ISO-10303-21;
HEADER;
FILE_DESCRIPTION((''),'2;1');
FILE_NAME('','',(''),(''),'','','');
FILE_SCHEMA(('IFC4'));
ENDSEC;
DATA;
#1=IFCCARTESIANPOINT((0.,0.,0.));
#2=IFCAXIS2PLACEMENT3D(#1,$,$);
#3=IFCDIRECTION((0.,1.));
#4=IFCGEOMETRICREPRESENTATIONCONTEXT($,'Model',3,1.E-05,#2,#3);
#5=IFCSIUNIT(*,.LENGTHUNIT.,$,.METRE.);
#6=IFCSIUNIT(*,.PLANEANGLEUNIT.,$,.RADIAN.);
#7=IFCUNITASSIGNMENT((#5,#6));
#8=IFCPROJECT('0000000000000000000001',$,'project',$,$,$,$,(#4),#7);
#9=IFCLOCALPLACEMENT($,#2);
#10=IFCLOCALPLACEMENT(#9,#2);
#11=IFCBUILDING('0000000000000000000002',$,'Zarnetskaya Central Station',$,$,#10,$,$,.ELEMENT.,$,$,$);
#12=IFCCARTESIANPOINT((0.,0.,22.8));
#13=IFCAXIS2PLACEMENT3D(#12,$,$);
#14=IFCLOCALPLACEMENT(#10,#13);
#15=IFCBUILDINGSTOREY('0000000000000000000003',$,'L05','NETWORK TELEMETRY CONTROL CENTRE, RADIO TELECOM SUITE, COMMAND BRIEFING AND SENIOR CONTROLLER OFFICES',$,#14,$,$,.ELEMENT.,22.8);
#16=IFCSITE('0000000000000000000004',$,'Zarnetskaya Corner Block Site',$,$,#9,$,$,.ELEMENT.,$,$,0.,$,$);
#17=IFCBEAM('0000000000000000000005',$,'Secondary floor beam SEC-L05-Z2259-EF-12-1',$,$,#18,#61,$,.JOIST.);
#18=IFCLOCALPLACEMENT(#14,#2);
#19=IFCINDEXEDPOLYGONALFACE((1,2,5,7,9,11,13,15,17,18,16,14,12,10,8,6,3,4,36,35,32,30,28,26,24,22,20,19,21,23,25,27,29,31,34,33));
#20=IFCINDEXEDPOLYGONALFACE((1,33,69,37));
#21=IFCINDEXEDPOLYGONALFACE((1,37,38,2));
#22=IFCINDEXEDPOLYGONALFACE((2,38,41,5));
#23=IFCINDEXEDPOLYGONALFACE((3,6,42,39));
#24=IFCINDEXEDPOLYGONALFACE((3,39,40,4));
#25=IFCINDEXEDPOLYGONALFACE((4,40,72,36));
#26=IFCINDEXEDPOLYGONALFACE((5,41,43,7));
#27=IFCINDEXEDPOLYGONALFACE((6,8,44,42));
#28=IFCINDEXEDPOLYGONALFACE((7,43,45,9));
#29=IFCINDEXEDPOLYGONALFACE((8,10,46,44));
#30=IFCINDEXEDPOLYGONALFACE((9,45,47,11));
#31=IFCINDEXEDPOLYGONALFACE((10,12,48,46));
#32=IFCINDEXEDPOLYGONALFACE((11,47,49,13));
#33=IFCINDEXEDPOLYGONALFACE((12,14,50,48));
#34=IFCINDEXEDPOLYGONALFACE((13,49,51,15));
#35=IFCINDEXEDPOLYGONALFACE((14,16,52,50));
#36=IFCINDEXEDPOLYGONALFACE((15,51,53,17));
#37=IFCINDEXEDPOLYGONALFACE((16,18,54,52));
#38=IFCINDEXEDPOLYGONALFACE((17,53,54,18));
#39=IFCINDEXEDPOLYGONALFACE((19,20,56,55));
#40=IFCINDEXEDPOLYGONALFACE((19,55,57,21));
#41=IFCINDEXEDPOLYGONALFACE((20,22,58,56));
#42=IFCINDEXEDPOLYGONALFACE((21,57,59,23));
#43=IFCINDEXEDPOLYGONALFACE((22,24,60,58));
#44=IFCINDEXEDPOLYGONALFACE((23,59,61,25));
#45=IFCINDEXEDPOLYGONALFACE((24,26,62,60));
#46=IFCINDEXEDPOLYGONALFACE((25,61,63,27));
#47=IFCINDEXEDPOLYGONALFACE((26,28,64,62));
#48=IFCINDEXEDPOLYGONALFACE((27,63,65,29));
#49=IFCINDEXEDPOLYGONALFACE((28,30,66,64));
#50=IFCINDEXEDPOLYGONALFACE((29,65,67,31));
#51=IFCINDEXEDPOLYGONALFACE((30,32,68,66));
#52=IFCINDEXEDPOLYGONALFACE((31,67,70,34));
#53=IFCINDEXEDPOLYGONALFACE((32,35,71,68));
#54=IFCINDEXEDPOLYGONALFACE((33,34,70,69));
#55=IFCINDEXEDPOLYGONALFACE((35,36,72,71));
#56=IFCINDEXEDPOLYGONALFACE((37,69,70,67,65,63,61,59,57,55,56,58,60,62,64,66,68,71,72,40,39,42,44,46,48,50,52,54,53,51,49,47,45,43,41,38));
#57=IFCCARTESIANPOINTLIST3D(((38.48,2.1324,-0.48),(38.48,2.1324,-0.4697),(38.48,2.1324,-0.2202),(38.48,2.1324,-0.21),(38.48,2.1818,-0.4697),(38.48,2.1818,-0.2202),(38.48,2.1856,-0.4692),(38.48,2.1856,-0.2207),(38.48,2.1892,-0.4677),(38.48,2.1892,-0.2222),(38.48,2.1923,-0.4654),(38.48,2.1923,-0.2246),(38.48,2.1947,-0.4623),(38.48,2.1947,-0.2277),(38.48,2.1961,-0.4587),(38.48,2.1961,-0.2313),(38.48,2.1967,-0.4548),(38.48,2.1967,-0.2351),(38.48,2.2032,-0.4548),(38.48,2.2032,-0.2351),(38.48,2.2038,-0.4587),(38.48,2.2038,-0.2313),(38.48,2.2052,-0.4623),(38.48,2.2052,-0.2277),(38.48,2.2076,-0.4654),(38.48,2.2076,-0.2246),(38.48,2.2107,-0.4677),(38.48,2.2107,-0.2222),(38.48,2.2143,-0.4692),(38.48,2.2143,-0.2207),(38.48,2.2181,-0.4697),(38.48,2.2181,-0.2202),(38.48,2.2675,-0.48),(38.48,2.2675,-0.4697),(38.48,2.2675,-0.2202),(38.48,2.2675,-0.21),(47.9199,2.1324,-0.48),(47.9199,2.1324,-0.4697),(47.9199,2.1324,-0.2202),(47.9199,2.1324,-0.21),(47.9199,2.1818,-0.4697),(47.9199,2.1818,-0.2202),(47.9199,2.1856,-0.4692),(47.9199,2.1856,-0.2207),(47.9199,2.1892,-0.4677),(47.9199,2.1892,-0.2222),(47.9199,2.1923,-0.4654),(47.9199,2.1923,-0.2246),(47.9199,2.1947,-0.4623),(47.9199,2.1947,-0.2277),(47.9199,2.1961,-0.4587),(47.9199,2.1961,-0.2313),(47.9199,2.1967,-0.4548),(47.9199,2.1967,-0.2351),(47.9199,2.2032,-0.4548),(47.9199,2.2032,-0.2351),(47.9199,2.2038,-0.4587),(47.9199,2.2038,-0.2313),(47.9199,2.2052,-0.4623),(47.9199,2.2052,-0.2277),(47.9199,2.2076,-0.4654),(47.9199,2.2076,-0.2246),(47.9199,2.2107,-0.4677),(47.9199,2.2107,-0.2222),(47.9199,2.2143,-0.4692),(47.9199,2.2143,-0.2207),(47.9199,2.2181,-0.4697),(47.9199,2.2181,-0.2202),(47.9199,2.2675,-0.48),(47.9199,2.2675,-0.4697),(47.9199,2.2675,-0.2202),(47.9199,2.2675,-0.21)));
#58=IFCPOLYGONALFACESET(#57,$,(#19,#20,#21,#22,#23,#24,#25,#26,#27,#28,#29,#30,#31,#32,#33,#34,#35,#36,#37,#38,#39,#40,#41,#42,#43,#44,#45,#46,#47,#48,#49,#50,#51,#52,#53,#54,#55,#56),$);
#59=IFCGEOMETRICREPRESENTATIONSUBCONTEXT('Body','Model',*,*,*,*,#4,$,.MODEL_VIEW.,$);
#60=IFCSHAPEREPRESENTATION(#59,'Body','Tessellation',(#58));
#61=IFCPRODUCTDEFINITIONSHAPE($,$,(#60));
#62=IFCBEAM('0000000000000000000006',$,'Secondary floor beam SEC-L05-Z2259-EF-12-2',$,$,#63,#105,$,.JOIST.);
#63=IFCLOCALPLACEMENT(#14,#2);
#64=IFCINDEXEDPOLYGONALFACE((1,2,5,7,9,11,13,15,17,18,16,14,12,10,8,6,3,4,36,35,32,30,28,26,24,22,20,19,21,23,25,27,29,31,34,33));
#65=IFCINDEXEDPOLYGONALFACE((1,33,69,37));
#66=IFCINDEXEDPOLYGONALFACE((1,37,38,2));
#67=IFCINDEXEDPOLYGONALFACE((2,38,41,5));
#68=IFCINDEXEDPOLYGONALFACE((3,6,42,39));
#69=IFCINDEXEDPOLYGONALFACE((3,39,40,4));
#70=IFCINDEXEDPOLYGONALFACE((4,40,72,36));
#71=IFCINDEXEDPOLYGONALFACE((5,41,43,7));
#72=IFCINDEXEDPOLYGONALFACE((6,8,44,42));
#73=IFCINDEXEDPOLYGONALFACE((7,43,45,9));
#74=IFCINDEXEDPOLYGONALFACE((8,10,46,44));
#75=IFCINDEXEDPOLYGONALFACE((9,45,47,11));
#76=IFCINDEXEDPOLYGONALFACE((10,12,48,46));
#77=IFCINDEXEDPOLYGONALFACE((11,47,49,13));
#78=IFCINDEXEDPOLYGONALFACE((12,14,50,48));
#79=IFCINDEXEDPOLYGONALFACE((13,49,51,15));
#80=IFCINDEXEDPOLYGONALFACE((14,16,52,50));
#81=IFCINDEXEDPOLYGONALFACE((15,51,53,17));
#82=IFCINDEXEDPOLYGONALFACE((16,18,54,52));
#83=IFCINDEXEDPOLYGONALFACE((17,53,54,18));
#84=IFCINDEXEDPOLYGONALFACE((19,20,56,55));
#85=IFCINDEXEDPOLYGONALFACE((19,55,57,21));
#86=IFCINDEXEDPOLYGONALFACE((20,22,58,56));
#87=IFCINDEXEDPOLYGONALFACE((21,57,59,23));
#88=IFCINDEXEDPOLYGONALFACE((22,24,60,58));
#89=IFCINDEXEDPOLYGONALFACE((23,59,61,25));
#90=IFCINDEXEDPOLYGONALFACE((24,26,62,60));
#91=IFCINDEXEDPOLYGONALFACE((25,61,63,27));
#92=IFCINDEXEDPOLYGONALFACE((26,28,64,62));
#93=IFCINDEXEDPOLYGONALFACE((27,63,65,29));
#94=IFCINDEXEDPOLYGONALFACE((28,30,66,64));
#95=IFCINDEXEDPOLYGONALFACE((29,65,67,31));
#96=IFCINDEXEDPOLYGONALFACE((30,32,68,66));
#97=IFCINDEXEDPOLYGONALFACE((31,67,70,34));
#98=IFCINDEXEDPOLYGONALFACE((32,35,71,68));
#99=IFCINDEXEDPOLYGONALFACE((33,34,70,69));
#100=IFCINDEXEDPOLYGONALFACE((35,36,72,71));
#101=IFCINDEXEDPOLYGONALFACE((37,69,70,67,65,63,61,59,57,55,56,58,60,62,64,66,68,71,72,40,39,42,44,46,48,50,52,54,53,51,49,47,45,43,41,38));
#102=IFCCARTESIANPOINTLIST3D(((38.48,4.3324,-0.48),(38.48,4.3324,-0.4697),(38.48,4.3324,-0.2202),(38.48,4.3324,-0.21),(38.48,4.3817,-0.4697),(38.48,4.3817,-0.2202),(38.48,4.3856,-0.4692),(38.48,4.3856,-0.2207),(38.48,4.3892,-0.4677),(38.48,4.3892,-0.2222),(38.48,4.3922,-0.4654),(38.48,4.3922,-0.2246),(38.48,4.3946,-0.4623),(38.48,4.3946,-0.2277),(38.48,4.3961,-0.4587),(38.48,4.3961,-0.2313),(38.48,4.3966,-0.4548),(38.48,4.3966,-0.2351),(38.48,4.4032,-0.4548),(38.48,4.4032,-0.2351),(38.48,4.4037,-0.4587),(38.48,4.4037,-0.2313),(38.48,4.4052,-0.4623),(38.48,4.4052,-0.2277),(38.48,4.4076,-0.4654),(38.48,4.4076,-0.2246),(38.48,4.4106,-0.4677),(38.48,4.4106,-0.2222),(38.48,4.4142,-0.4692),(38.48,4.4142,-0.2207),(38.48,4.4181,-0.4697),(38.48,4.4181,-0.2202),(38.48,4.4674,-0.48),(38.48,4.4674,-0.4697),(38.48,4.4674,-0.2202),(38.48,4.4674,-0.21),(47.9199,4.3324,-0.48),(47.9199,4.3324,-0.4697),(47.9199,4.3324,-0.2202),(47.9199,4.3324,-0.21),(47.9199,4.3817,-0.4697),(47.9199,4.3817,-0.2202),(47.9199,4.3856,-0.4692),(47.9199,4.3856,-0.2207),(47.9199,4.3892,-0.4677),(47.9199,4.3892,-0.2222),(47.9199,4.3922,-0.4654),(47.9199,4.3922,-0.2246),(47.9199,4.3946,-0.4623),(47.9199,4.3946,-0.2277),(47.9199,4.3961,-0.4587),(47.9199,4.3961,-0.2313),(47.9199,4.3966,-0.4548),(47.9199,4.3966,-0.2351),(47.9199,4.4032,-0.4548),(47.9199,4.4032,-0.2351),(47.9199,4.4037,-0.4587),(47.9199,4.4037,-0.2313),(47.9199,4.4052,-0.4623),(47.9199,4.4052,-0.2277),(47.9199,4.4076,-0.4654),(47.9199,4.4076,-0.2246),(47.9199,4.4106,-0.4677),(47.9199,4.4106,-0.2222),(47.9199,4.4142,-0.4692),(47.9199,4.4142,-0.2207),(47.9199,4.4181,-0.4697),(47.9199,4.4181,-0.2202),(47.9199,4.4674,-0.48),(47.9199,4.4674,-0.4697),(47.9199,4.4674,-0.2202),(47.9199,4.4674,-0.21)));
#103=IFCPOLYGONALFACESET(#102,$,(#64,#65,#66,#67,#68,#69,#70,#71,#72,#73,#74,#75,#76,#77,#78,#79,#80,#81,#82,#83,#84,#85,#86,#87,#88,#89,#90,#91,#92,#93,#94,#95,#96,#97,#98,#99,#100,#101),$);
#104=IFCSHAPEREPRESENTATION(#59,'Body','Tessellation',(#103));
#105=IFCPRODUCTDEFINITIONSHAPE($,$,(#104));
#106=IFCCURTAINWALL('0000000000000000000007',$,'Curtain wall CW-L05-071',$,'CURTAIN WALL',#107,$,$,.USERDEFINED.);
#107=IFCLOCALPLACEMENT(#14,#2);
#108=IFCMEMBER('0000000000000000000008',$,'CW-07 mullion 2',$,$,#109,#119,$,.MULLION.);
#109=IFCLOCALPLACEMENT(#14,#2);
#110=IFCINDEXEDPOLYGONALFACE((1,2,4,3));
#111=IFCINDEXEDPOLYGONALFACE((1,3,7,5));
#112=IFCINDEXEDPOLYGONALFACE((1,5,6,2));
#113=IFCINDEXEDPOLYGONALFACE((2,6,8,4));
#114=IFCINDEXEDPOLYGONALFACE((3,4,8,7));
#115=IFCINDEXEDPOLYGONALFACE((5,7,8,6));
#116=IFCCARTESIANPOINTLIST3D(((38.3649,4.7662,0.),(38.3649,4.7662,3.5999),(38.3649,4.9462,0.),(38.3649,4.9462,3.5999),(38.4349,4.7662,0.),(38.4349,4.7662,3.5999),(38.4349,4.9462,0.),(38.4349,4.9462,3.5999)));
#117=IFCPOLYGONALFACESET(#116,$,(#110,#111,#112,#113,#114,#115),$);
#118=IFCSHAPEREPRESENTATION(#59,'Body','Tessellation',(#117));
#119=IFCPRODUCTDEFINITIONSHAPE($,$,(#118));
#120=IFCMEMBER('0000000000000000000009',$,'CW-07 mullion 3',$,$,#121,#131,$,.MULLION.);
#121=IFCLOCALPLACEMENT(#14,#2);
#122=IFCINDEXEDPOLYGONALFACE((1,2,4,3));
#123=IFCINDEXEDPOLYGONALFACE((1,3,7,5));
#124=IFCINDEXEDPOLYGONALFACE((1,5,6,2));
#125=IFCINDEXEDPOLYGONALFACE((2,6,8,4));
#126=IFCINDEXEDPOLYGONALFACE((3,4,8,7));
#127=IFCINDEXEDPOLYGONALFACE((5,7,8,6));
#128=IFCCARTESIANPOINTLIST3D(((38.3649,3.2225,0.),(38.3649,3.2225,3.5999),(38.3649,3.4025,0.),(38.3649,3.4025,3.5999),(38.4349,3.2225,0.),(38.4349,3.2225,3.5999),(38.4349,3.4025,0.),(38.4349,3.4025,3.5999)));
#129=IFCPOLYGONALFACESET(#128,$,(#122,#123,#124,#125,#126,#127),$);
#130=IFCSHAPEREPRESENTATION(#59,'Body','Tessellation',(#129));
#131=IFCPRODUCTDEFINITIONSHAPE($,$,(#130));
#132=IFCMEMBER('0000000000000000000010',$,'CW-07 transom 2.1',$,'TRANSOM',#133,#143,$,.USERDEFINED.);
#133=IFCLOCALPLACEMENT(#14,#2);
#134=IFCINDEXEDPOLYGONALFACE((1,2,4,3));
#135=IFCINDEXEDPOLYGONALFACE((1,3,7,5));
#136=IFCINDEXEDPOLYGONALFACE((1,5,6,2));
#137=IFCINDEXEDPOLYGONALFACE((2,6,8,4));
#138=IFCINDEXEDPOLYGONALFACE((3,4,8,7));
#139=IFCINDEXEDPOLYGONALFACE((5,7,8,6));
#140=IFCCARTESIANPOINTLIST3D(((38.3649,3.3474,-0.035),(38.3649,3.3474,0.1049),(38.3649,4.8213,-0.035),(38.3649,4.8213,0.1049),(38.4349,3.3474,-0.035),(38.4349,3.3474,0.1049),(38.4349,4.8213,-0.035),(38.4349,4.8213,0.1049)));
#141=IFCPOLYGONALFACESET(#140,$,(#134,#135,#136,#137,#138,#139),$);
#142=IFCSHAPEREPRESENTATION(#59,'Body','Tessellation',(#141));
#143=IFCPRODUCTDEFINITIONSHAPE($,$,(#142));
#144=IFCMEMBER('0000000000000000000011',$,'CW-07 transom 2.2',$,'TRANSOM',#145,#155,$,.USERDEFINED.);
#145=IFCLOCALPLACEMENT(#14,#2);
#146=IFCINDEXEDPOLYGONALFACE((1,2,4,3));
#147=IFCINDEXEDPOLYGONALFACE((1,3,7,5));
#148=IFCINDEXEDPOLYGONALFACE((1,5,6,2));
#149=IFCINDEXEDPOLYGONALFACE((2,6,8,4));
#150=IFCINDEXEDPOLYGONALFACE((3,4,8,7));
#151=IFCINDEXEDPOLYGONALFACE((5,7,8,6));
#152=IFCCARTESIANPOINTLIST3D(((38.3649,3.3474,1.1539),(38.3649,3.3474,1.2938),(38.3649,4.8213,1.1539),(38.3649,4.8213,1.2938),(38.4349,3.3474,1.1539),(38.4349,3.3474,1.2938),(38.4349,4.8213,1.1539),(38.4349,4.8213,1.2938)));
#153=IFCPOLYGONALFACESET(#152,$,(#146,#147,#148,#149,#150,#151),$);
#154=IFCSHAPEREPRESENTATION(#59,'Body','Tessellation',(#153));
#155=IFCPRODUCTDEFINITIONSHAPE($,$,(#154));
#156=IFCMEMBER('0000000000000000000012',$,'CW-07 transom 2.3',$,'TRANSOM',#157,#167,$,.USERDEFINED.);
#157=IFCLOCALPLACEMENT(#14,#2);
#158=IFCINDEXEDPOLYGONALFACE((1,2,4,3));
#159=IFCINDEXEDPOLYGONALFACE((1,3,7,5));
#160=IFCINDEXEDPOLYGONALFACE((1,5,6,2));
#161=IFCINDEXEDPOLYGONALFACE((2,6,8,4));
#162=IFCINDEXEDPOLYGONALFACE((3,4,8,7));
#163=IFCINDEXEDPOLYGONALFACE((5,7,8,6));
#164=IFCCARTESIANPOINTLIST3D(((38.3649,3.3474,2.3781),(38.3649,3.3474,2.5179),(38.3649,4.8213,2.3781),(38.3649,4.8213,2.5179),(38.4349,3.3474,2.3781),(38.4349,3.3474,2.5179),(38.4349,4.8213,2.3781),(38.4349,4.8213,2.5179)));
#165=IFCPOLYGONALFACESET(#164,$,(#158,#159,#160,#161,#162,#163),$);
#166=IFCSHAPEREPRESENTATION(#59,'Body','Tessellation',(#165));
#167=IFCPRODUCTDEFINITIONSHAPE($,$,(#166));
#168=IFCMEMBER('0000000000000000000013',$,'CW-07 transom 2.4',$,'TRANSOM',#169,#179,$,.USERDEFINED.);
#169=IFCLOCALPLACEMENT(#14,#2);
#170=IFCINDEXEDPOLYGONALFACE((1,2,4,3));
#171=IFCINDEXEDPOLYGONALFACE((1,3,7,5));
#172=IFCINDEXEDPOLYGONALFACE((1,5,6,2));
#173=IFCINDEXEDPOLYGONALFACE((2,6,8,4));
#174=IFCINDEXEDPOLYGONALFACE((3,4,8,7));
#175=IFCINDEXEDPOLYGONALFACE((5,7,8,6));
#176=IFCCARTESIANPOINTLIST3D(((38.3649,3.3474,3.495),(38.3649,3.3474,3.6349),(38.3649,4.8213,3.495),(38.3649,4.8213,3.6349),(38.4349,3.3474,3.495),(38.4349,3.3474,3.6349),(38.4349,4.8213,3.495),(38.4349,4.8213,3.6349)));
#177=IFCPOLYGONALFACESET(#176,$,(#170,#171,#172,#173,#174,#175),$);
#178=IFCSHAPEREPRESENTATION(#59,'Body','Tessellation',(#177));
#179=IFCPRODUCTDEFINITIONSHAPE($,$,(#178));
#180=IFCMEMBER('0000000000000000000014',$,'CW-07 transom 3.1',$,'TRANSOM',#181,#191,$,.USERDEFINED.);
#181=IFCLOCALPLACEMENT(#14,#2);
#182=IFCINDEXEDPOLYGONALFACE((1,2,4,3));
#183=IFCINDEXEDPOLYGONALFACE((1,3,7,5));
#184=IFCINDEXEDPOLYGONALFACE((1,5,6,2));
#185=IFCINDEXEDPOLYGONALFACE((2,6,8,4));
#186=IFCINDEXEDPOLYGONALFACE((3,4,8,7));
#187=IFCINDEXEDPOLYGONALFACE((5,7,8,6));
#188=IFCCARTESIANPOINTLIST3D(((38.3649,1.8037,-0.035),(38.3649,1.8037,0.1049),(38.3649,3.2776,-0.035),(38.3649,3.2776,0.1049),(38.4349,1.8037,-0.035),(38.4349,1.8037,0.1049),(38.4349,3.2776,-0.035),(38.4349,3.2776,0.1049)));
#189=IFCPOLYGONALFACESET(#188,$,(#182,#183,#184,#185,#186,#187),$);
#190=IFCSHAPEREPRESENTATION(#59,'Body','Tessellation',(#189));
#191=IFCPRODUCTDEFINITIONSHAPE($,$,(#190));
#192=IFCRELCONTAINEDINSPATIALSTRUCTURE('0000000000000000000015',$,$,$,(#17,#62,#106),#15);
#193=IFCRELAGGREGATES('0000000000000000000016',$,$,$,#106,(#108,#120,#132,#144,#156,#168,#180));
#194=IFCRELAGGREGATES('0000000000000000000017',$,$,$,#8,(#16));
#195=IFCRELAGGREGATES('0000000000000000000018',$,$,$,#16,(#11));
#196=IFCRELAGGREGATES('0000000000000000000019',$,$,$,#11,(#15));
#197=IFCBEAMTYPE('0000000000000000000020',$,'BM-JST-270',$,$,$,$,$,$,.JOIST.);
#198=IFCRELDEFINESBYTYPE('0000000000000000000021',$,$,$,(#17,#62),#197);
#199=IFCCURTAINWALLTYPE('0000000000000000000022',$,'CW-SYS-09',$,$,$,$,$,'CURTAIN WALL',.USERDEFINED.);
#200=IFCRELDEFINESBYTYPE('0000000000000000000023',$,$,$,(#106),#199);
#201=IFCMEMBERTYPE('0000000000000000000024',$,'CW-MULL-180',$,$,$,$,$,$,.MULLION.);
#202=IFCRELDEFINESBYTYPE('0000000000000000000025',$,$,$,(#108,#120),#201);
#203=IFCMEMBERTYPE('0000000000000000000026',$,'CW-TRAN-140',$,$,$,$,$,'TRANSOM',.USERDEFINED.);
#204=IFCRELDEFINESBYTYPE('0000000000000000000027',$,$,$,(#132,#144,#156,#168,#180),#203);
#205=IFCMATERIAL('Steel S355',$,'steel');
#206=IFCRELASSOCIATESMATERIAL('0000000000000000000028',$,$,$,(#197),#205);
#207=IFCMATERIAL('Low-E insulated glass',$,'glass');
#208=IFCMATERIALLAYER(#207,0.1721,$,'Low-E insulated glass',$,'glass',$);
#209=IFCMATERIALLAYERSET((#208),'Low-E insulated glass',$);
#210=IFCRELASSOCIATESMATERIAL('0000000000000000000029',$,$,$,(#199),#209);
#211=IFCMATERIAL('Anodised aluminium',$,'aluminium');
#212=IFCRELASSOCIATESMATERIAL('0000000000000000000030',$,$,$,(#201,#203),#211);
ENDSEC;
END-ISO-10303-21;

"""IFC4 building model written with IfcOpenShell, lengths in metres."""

from ifc_helpers import new_model, si_unit, direction, frame, origin, origin_2d, place, context, subcontext, project, spatial, rectangle, i_section, extrude, material, layer, layer_set, material_profile, profile_set, type_object, element, aggregate, save


model = new_model("IFC4")

# Units and contexts
model_context = context("Model", 3, precision=1e-05, world=origin(), true_north=direction((0.0, 1.0)))
body_context = subcontext(model_context, "Body", "Model", "MODEL_VIEW")
ifc_project = project(units=[si_unit("LENGTHUNIT", "METRE"), si_unit("PLANEANGLEUNIT", "RADIAN")], contexts=[model_context])

# Site, building, storey
site_placement = place(None, origin())
site = spatial("IfcSite", under=ifc_project, at=site_placement, Name="Zarnetskaya Corner Block Site", CompositionType="ELEMENT", RefElevation=0.0)
building_placement = place(site_placement, origin())
building = spatial("IfcBuilding", under=site, at=building_placement, Name="Zarnetskaya Central Station", CompositionType="ELEMENT")
storey_placement = place(building_placement, frame((0.0, 0.0, 22.8)))
storey = spatial("IfcBuildingStorey", under=building, at=storey_placement, Name="L05", Description="NETWORK TELEMETRY CONTROL CENTRE, RADIO TELECOM SUITE, COMMAND BRIEFING AND SENIOR CONTROLLER OFFICES", CompositionType="ELEMENT", Elevation=22.8)

# Beams
ifc_material_1 = material(Name="Steel S355", Category="steel")
ifc_material_profile_1 = material_profile(ifc_material_1, i_section(OverallWidth=0.135, OverallDepth=0.27, WebThickness=0.0066, FlangeThickness=0.0103, FilletRadius=0.0149, at=origin_2d()), Name="IPE 270")
ifc_profile_set_1 = profile_set([ifc_material_profile_1], Name="Steel S355")
beam_type_1 = type_object("IfcBeamType", Name="BM-JST-270", PredefinedType="JOIST", material=ifc_profile_set_1)
for number, where, z_axis, x_axis, name in (
    (1, (38.48, 2.2, -0.345), (1.0, 0.0, 0.0), (0.0, 1.0, 0.0), "Secondary floor beam SEC-L05-Z2259-EF-12-1"),
    (2, (38.48, 4.3999, -0.345), (1.0, 0.0, 0.0), (0.0, 1.0, 0.0), "Secondary floor beam SEC-L05-Z2259-EF-12-2"),
):
    element("IfcBeam", number, at=place(storey_placement, frame(where, z_axis=z_axis, x_axis=x_axis)), inside=storey, type_object=beam_type_1, Name=name, PredefinedType="JOIST", context=body_context, shape_type="SweptSolid", body=[
        extrude(i_section(OverallWidth=0.135, OverallDepth=0.27, WebThickness=0.0066, FlangeThickness=0.0103, FilletRadius=0.0149, at=origin_2d()), origin(), (0.0, 0.0, 1.0), 9.4399),
    ])

# Curtain wall, members
ifc_material_2 = material(Name="Low-E insulated glass", Category="glass")
ifc_layer_1 = layer(ifc_material_2, 0.1721, Name="Low-E insulated glass", Category="glass")
ifc_layer_set_1 = layer_set([ifc_layer_1], Name="Low-E insulated glass")
curtain_wall_type = type_object("IfcCurtainWallType", Name="CW-SYS-09", ElementType="CURTAIN WALL", PredefinedType="USERDEFINED", material=ifc_layer_set_1)
curtain_wall_placement = place(storey_placement, origin())
curtain_wall = element("IfcCurtainWall", 3, at=curtain_wall_placement, inside=storey, type_object=curtain_wall_type, Name="Curtain wall CW-L05-071", ObjectType="CURTAIN WALL", PredefinedType="USERDEFINED")
ifc_material_3 = material(Name="Anodised aluminium", Category="aluminium")
ifc_material_profile_2 = material_profile(ifc_material_3, rectangle(XDim=0.0701, YDim=0.1799, at=origin_2d()), Name="ALU MULL 70x180")
ifc_profile_set_2 = profile_set([ifc_material_profile_2], Name="Anodised aluminium")
member_type_1 = type_object("IfcMemberType", Name="CW-MULL-180", PredefinedType="MULLION", material=ifc_profile_set_2)
member_1_placement = place(storey_placement, frame((38.3999, 4.8562, 0.0), z_axis=(0.0, 0.0, 1.0), x_axis=(1.0, 0.0, 0.0)))
member_1 = element("IfcMember", 4, at=member_1_placement, type_object=member_type_1, Name="CW-07 mullion 2", PredefinedType="MULLION", context=body_context, shape_type="SweptSolid", body=[
    extrude(rectangle(XDim=0.0701, YDim=0.1799, at=origin_2d()), origin(), (0.0, 0.0, 1.0), 3.5999),
])
member_2_placement = place(storey_placement, frame((38.3999, 3.3125, 0.0), z_axis=(0.0, 0.0, 1.0), x_axis=(1.0, 0.0, 0.0)))
member_2 = element("IfcMember", 5, at=member_2_placement, type_object=member_type_1, Name="CW-07 mullion 3", PredefinedType="MULLION", context=body_context, shape_type="SweptSolid", body=[
    extrude(rectangle(XDim=0.0701, YDim=0.1799, at=origin_2d()), origin(), (0.0, 0.0, 1.0), 3.5999),
])
ifc_material_profile_3 = material_profile(ifc_material_3, rectangle(XDim=0.0701, YDim=0.1399, at=origin_2d()), Name="ALU TRAN 70x140")
ifc_profile_set_3 = profile_set([ifc_material_profile_3], Name="Anodised aluminium")
member_type_2 = type_object("IfcMemberType", Name="CW-TRAN-140", ElementType="TRANSOM", PredefinedType="USERDEFINED", material=ifc_profile_set_3)
member_3_placement = place(storey_placement, frame((38.3999, 4.8213, 0.0349), z_axis=(0.0, -1.0, 0.0), x_axis=(1.0, 0.0, 0.0)))
member_3 = element("IfcMember", 6, at=member_3_placement, type_object=member_type_2, Name="CW-07 transom 2.1", ObjectType="TRANSOM", PredefinedType="USERDEFINED", context=body_context, shape_type="SweptSolid", body=[
    extrude(rectangle(XDim=0.0701, YDim=0.1399, at=origin_2d()), origin(), (0.0, 0.0, 1.0), 1.4739),
])
member_4_placement = place(storey_placement, frame((38.3999, 4.8213, 1.2239), z_axis=(0.0, -1.0, 0.0), x_axis=(1.0, 0.0, 0.0)))
member_4 = element("IfcMember", 7, at=member_4_placement, type_object=member_type_2, Name="CW-07 transom 2.2", ObjectType="TRANSOM", PredefinedType="USERDEFINED", context=body_context, shape_type="SweptSolid", body=[
    extrude(rectangle(XDim=0.0701, YDim=0.1399, at=origin_2d()), origin(), (0.0, 0.0, 1.0), 1.4739),
])
member_5_placement = place(storey_placement, frame((38.3999, 4.8213, 2.448), z_axis=(0.0, -1.0, 0.0), x_axis=(1.0, 0.0, 0.0)))
member_5 = element("IfcMember", 8, at=member_5_placement, type_object=member_type_2, Name="CW-07 transom 2.3", ObjectType="TRANSOM", PredefinedType="USERDEFINED", context=body_context, shape_type="SweptSolid", body=[
    extrude(rectangle(XDim=0.0701, YDim=0.1399, at=origin_2d()), origin(), (0.0, 0.0, 1.0), 1.4739),
])
member_6_placement = place(storey_placement, frame((38.3999, 4.8213, 3.5649), z_axis=(0.0, -1.0, 0.0), x_axis=(1.0, 0.0, 0.0)))
member_6 = element("IfcMember", 9, at=member_6_placement, type_object=member_type_2, Name="CW-07 transom 2.4", ObjectType="TRANSOM", PredefinedType="USERDEFINED", context=body_context, shape_type="SweptSolid", body=[
    extrude(rectangle(XDim=0.0701, YDim=0.1399, at=origin_2d()), origin(), (0.0, 0.0, 1.0), 1.4739),
])
member_7_placement = place(storey_placement, frame((38.3999, 3.2776, 0.0349), z_axis=(0.0, -1.0, 0.0), x_axis=(1.0, 0.0, 0.0)))
member_7 = element("IfcMember", 10, at=member_7_placement, type_object=member_type_2, Name="CW-07 transom 3.1", ObjectType="TRANSOM", PredefinedType="USERDEFINED", context=body_context, shape_type="SweptSolid", body=[
    extrude(rectangle(XDim=0.0701, YDim=0.1399, at=origin_2d()), origin(), (0.0, 0.0, 1.0), 1.4739),
])

aggregate(curtain_wall, [member_1, member_2, member_3, member_4, member_5, member_6, member_7])

save(model, "model.ifc")
